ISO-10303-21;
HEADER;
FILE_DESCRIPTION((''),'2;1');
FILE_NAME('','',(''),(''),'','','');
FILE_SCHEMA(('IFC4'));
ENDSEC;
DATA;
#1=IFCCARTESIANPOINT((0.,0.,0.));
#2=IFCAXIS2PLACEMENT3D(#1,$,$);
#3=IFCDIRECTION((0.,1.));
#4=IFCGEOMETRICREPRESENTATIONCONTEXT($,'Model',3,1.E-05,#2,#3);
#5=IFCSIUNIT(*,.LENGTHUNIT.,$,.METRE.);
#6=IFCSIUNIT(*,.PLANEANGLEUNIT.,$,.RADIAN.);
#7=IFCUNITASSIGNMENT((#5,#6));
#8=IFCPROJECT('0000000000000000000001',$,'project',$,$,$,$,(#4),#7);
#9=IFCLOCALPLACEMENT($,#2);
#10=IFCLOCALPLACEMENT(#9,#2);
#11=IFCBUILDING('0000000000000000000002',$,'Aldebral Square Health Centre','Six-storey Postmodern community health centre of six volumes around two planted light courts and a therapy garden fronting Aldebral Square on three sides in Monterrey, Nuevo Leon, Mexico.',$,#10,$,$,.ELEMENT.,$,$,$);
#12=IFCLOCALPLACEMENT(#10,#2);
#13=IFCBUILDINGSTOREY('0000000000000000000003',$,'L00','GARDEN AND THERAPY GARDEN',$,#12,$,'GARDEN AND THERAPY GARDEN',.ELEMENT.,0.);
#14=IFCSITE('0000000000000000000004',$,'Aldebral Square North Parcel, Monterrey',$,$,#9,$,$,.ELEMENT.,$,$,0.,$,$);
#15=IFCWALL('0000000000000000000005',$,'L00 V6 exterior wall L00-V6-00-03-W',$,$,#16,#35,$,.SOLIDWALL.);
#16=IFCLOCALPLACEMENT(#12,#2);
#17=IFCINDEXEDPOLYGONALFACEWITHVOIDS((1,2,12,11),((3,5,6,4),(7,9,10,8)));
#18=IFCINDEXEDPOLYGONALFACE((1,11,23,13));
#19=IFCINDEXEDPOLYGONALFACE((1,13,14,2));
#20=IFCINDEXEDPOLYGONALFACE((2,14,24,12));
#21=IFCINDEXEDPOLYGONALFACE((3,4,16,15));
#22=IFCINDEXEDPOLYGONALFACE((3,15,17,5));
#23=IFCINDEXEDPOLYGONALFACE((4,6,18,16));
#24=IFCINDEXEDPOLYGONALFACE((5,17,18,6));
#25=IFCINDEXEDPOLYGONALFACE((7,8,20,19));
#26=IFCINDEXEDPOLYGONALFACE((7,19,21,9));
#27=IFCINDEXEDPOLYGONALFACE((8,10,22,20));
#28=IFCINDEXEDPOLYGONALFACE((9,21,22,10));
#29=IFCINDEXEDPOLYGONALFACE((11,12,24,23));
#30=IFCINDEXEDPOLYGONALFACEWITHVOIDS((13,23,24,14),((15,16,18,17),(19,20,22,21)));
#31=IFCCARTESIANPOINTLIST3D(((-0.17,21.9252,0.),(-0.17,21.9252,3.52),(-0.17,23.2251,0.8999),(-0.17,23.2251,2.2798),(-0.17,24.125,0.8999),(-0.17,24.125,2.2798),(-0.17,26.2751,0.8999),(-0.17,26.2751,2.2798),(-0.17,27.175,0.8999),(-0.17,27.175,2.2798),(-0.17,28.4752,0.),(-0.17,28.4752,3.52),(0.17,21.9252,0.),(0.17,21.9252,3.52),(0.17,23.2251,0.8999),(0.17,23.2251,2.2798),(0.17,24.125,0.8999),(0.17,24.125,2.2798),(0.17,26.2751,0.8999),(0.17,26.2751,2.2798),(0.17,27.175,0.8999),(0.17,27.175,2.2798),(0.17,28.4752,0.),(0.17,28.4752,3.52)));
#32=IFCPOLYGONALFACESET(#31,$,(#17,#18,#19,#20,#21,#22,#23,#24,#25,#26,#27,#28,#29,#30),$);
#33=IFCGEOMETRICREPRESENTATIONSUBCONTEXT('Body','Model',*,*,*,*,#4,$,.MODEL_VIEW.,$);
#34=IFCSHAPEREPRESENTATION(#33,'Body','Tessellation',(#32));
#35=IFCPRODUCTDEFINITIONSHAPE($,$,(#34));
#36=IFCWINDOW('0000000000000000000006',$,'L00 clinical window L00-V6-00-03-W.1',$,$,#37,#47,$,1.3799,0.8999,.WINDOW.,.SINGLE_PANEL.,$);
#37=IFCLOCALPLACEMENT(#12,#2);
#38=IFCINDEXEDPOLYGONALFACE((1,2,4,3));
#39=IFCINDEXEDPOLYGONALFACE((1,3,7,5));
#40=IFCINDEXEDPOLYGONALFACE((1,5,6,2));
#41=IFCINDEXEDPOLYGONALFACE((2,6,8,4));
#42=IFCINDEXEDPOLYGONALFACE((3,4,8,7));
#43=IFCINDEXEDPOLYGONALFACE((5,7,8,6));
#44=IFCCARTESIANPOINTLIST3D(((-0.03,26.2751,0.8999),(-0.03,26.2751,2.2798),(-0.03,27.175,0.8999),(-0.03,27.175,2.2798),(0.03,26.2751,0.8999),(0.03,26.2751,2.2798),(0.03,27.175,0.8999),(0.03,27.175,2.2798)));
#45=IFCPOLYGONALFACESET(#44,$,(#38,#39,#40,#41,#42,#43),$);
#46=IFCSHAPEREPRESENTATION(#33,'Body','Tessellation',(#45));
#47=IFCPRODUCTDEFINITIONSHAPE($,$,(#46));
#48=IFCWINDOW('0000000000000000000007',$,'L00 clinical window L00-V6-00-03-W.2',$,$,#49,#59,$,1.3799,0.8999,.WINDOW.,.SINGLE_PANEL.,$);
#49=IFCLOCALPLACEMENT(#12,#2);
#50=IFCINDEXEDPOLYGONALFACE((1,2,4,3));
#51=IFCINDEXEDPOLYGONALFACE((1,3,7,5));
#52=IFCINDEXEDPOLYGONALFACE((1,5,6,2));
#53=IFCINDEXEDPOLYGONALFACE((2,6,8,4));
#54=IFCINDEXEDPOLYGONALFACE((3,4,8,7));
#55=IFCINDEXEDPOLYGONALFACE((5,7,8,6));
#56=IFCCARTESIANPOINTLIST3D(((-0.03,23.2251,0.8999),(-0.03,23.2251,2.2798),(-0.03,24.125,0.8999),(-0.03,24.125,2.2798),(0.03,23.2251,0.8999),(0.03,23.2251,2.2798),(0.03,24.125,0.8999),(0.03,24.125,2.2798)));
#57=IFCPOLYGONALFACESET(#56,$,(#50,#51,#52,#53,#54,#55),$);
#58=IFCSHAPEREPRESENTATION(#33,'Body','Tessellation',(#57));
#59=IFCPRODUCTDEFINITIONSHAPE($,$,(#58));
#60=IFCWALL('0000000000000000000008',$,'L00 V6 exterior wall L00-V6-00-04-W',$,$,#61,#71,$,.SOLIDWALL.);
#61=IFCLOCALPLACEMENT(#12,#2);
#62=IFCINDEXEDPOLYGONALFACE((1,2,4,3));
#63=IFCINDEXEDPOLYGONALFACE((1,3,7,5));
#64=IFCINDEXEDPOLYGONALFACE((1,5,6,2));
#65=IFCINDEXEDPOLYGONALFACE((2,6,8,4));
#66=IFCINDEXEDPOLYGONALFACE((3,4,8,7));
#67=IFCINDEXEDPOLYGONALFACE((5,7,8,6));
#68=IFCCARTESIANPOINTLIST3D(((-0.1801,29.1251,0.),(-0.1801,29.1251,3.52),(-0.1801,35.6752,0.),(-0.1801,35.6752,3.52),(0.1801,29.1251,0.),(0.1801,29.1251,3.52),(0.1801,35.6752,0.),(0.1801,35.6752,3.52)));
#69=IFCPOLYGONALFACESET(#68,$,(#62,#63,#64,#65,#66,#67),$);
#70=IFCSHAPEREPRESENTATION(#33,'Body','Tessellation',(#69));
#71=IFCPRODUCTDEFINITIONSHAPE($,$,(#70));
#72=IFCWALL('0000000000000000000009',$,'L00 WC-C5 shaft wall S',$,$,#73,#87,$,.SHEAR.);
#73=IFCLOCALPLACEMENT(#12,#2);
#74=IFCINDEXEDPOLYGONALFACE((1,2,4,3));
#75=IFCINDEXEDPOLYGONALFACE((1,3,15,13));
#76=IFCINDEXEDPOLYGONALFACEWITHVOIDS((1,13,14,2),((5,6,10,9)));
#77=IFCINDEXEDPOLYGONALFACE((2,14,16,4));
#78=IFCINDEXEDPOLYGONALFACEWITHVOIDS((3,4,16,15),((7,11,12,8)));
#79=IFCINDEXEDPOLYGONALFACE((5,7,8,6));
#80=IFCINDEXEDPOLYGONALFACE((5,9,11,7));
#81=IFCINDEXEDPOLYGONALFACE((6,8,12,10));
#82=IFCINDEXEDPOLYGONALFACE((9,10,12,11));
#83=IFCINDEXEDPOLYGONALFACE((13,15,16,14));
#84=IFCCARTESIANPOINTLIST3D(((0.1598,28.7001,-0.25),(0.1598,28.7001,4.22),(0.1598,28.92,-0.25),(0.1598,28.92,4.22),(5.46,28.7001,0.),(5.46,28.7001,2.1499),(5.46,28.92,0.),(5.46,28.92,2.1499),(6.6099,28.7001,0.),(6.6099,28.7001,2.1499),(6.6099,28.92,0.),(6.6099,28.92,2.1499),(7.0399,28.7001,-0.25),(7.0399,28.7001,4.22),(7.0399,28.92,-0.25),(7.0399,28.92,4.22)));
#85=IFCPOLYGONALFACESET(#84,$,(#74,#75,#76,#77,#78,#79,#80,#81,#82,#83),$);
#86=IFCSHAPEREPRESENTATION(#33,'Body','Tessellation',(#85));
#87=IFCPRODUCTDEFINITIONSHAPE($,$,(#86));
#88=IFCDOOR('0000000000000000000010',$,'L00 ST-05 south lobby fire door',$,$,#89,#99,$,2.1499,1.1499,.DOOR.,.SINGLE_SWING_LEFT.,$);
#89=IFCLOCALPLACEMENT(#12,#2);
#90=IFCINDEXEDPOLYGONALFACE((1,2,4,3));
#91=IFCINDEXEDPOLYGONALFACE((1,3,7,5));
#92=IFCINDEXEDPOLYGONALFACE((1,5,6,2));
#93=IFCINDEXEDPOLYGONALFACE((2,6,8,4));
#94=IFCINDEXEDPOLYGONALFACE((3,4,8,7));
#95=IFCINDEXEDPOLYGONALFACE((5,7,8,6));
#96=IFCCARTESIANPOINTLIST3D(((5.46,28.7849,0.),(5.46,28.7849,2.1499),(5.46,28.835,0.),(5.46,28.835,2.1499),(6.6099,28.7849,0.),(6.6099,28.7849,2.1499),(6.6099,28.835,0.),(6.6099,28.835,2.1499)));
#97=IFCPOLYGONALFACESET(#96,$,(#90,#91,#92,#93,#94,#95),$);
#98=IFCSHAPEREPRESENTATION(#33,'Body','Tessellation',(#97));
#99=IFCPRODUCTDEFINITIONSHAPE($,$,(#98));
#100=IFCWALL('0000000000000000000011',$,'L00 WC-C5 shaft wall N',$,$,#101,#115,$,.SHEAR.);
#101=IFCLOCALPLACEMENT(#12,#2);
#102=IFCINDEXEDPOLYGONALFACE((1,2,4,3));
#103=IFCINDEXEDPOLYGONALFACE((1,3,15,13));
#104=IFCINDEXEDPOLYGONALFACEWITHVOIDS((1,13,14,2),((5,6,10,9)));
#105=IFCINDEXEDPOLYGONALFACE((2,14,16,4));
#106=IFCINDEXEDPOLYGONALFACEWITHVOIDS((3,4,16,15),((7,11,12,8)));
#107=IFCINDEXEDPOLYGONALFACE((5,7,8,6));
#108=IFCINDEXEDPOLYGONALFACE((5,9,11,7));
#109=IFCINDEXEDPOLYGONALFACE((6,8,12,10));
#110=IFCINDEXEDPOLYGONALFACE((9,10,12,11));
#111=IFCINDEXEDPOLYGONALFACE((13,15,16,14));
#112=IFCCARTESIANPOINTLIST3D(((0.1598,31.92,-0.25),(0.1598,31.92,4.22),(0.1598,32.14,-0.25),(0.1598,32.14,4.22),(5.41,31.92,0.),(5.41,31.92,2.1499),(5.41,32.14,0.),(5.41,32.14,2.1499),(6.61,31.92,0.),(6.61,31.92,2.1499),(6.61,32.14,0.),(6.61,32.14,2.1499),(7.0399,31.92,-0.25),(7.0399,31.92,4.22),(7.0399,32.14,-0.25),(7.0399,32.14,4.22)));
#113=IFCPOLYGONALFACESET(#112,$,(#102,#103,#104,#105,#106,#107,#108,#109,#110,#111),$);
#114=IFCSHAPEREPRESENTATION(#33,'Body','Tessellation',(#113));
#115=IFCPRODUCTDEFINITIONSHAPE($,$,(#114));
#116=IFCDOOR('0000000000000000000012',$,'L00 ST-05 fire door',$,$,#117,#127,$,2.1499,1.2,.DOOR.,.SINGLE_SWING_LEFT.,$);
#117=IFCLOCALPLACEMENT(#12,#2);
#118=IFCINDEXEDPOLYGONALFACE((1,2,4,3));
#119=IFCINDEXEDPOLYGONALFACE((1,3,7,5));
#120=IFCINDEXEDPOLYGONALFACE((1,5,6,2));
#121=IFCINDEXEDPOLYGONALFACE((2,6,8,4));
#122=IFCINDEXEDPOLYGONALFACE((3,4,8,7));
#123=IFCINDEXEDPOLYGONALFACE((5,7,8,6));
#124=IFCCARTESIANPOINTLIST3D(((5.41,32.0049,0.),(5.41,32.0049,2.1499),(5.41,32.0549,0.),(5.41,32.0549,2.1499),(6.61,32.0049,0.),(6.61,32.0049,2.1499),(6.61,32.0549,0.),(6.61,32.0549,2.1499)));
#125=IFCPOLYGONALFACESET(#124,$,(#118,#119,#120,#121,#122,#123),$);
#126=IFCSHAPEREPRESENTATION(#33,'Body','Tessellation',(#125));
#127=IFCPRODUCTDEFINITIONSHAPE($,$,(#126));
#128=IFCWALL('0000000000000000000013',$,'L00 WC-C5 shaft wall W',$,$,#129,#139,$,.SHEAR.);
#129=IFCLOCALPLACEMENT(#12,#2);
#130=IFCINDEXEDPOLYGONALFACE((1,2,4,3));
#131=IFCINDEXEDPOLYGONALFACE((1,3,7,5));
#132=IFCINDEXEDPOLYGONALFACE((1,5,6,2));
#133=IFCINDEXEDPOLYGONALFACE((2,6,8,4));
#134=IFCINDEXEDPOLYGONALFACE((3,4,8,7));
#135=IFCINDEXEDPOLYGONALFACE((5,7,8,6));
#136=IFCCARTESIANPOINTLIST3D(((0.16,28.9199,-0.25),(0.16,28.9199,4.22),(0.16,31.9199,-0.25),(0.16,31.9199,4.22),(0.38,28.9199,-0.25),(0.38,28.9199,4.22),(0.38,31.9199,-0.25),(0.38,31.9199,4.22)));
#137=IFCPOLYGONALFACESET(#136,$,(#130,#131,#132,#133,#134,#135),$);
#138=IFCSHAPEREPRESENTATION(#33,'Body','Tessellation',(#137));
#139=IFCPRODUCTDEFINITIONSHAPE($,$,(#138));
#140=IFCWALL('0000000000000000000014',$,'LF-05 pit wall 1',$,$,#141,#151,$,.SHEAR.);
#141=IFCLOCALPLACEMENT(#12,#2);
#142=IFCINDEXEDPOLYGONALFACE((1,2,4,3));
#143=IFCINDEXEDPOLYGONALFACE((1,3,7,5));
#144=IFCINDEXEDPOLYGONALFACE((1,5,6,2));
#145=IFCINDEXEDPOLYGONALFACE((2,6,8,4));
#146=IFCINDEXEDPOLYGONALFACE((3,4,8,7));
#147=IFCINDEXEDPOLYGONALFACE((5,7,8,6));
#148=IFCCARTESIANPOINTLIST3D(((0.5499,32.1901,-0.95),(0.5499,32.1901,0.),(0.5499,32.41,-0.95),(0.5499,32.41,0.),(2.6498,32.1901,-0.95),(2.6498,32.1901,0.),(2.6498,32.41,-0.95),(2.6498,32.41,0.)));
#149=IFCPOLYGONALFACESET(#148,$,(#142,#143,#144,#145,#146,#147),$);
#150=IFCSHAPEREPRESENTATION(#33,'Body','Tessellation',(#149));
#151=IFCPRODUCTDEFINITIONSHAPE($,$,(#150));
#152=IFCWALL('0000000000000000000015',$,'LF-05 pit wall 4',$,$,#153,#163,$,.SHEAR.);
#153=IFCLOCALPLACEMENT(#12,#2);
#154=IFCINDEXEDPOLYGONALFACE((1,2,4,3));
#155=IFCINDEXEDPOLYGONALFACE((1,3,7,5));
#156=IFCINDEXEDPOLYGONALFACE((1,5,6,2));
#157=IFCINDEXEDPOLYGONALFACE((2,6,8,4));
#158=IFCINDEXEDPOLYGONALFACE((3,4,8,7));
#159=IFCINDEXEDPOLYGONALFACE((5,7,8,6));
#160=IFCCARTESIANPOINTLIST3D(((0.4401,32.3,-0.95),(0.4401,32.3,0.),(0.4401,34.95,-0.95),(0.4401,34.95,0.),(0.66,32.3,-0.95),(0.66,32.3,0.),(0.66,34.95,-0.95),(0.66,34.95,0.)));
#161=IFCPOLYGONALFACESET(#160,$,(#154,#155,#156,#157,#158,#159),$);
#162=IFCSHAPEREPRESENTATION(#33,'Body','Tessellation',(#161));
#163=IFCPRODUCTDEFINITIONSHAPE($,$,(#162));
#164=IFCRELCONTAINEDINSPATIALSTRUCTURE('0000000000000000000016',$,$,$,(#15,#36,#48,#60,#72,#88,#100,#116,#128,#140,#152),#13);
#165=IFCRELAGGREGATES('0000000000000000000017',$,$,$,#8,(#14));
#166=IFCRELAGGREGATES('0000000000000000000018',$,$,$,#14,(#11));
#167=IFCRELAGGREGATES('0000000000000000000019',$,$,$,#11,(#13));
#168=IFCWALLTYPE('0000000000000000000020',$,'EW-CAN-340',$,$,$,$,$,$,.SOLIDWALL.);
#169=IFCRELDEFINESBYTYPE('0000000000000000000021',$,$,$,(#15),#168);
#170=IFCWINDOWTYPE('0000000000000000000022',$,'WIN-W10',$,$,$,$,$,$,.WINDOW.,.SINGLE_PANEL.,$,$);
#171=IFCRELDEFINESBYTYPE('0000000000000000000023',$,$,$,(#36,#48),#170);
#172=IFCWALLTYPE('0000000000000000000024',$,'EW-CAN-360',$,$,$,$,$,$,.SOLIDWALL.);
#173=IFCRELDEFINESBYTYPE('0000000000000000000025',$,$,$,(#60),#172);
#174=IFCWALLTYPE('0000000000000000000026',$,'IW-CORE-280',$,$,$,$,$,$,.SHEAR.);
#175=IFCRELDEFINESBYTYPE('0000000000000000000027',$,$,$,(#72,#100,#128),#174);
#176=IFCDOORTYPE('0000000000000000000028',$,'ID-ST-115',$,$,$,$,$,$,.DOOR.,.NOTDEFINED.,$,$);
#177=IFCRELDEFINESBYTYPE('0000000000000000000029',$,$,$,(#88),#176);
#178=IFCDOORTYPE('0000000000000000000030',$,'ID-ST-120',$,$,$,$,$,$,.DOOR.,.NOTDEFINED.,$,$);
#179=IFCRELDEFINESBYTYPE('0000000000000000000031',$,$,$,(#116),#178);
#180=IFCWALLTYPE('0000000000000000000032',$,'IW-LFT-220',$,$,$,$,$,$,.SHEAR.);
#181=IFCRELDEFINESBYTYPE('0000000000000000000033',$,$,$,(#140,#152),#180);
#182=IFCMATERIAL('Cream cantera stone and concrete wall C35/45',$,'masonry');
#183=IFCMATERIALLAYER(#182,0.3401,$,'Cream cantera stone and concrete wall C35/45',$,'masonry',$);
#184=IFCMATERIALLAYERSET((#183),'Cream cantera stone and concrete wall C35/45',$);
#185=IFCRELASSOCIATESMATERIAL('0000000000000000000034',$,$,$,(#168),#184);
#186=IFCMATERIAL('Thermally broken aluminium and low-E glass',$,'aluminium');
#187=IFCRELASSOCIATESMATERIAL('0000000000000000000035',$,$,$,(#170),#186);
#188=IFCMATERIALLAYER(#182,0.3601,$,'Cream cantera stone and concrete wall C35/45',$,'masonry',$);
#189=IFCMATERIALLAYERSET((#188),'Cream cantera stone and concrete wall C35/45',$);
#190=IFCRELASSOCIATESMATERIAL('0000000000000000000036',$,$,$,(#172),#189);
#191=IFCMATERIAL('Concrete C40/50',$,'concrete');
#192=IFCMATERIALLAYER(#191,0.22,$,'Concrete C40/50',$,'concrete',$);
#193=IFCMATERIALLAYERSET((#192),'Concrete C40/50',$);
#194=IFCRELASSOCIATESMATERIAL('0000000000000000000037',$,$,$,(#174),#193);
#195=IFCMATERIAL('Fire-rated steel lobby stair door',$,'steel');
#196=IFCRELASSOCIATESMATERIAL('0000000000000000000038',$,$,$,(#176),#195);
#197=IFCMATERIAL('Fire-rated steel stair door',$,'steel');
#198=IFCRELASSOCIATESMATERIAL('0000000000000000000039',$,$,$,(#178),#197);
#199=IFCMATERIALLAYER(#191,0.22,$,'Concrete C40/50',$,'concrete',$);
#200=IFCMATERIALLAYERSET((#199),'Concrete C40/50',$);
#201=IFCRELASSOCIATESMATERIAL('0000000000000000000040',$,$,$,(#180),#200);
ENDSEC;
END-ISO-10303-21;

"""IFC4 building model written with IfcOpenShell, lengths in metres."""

from ifc_helpers import new_model, si_unit, direction, frame, frame_2d, origin, place, context, subcontext, project, spatial, rectangle, extrude, material, layer, layer_set, type_object, element, fill, save


model = new_model("IFC4")

# Units and contexts
model_context = context("Model", 3, precision=1e-05, world=origin(), true_north=direction((0.0, 1.0)))
body_context = subcontext(model_context, "Body", "Model", "MODEL_VIEW")
ifc_project = project(units=[si_unit("LENGTHUNIT", "METRE"), si_unit("PLANEANGLEUNIT", "RADIAN")], contexts=[model_context])

# Site, building, storey
site_placement = place(None, origin())
site = spatial("IfcSite", under=ifc_project, at=site_placement, Name="Aldebral Square North Parcel, Monterrey", CompositionType="ELEMENT", RefElevation=0.0)
building_placement = place(site_placement, origin())
building = spatial("IfcBuilding", under=site, at=building_placement, Name="Aldebral Square Health Centre", Description="Six-storey Postmodern community health centre of six volumes around two planted light courts and a therapy garden fronting Aldebral Square on three sides in Monterrey, Nuevo Leon, Mexico.", CompositionType="ELEMENT")
storey_placement = place(building_placement, origin())
storey = spatial("IfcBuildingStorey", under=building, at=storey_placement, Name="L00", Description="GARDEN AND THERAPY GARDEN", LongName="GARDEN AND THERAPY GARDEN", CompositionType="ELEMENT", Elevation=0.0)

# Shared definitions
ifc_material_1 = material(Name="Concrete C40/50", Category="concrete")

# Wall, openings, windows
ifc_material_2 = material(Name="Cream cantera stone and concrete wall C35/45", Category="masonry")
ifc_layer_1 = layer(ifc_material_2, 0.3401, Name="Cream cantera stone and concrete wall C35/45", Category="masonry")
ifc_layer_set_1 = layer_set([ifc_layer_1], Name="Cream cantera stone and concrete wall C35/45")
wall_type_1 = type_object("IfcWallType", Name="EW-CAN-340", PredefinedType="SOLIDWALL", material=ifc_layer_set_1)
wall_1_placement = place(storey_placement, frame((0.0, 28.4751, 0.0), z_axis=(0.0, 0.0, 1.0), x_axis=(0.0, -1.0, 0.0)))
wall_1 = element("IfcWall", 1, at=wall_1_placement, inside=storey, type_object=wall_type_1, Name="L00 V6 exterior wall L00-V6-00-03-W", PredefinedType="SOLIDWALL", context=body_context, shape_type="SweptSolid", body=[
    extrude(rectangle(XDim=6.55, YDim=0.3401, at=frame_2d((3.2749, 0.0))), origin(), (0.0, 0.0, 1.0), 3.52),
])
opening_1_placement = place(wall_1_placement, frame((1.3, 0.0, 0.8999)))
opening_1 = element("IfcOpeningElement", 2, at=opening_1_placement, cuts=wall_1, PredefinedType="OPENING", context=body_context, shape_type="SweptSolid", body=[
    extrude(rectangle(XDim=0.8999, YDim=1.3799, at=frame_2d((0.45, 0.6899))), frame((0.0, 0.1802, 0.0), z_axis=(0.0, -1.0, 0.0), x_axis=(1.0, 0.0, 0.0)), (0.0, 0.0, 1.0), 0.3601),
])
opening_2_placement = place(wall_1_placement, frame((4.3501, 0.0, 0.8999)))
opening_2 = element("IfcOpeningElement", 3, at=opening_2_placement, cuts=wall_1, PredefinedType="OPENING", context=body_context, shape_type="SweptSolid", body=[
    extrude(rectangle(XDim=0.8999, YDim=1.3799, at=frame_2d((0.45, 0.6899))), frame((0.0, 0.1802, 0.0), z_axis=(0.0, -1.0, 0.0), x_axis=(1.0, 0.0, 0.0)), (0.0, 0.0, 1.0), 0.3601),
])
ifc_material_3 = material(Name="Thermally broken aluminium and low-E glass", Category="aluminium")
window_type = type_object("IfcWindowType", Name="WIN-W10", PartitioningType="SINGLE_PANEL", PredefinedType="WINDOW", material=ifc_material_3)
window_1_placement = place(opening_1_placement, origin())
window_1 = element("IfcWindow", 4, at=window_1_placement, inside=storey, type_object=window_type, Name="L00 clinical window L00-V6-00-03-W.1", OverallHeight=1.3799, OverallWidth=0.8999, PartitioningType="SINGLE_PANEL", PredefinedType="WINDOW", context=body_context, shape_type="SweptSolid", body=[
    extrude(rectangle(XDim=0.8999, YDim=1.3799, at=frame_2d((0.45, 0.6899))), frame((0.0, 0.03, 0.0), z_axis=(0.0, -1.0, 0.0), x_axis=(1.0, 0.0, 0.0)), (0.0, 0.0, 1.0), 0.0601),
])
fill(opening_1, window_1)
window_2_placement = place(opening_2_placement, origin())
window_2 = element("IfcWindow", 5, at=window_2_placement, inside=storey, type_object=window_type, Name="L00 clinical window L00-V6-00-03-W.2", OverallHeight=1.3799, OverallWidth=0.8999, PartitioningType="SINGLE_PANEL", PredefinedType="WINDOW", context=body_context, shape_type="SweptSolid", body=[
    extrude(rectangle(XDim=0.8999, YDim=1.3799, at=frame_2d((0.45, 0.6899))), frame((0.0, 0.03, 0.0), z_axis=(0.0, -1.0, 0.0), x_axis=(1.0, 0.0, 0.0)), (0.0, 0.0, 1.0), 0.0601),
])
fill(opening_2, window_2)

# Wall
ifc_layer_2 = layer(ifc_material_2, 0.3601, Name="Cream cantera stone and concrete wall C35/45", Category="masonry")
ifc_layer_set_2 = layer_set([ifc_layer_2], Name="Cream cantera stone and concrete wall C35/45")
wall_type_2 = type_object("IfcWallType", Name="EW-CAN-360", PredefinedType="SOLIDWALL", material=ifc_layer_set_2)
wall_2_placement = place(storey_placement, frame((0.0, 35.675, 0.0), z_axis=(0.0, 0.0, 1.0), x_axis=(0.0, -1.0, 0.0)))
element("IfcWall", 6, at=wall_2_placement, inside=storey, type_object=wall_type_2, Name="L00 V6 exterior wall L00-V6-00-04-W", PredefinedType="SOLIDWALL", context=body_context, shape_type="SweptSolid", body=[
    extrude(rectangle(XDim=6.55, YDim=0.3601, at=frame_2d((3.2749, 0.0))), origin(), (0.0, 0.0, 1.0), 3.52),
])

# Walls, openings, doors
ifc_layer_3 = layer(ifc_material_1, 0.22, Name="Concrete C40/50", Category="concrete")
ifc_layer_set_3 = layer_set([ifc_layer_3], Name="Concrete C40/50")
wall_type_3 = type_object("IfcWallType", Name="IW-CORE-280", PredefinedType="SHEAR", material=ifc_layer_set_3)
wall_3_placement = place(storey_placement, frame((0.1599, 28.8101, -0.25), z_axis=(0.0, 0.0, 1.0), x_axis=(1.0, 0.0, 0.0)))
wall_3 = element("IfcWall", 7, at=wall_3_placement, inside=storey, type_object=wall_type_3, Name="L00 WC-C5 shaft wall S", PredefinedType="SHEAR", context=body_context, shape_type="SweptSolid", body=[
    extrude(rectangle(XDim=6.8801, YDim=0.22, at=frame_2d((3.4399, 0.0))), origin(), (0.0, 0.0, 1.0), 4.47),
])
opening_3_placement = place(wall_3_placement, frame((5.3, 0.0, 0.25)))
opening_3 = element("IfcOpeningElement", 8, at=opening_3_placement, cuts=wall_3, PredefinedType="OPENING", context=body_context, shape_type="SweptSolid", body=[
    extrude(rectangle(XDim=1.1499, YDim=2.1499, at=frame_2d((0.575, 1.075))), frame((0.0, 0.1201, 0.0), z_axis=(0.0, -1.0, 0.0), x_axis=(1.0, 0.0, 0.0)), (0.0, 0.0, 1.0), 0.24),
])
ifc_material_4 = material(Name="Fire-rated steel lobby stair door", Category="steel")
door_type_1 = type_object("IfcDoorType", Name="ID-ST-115", OperationType="NOTDEFINED", PredefinedType="DOOR", material=ifc_material_4)
door_1_placement = place(opening_3_placement, origin())
door_1 = element("IfcDoor", 9, at=door_1_placement, inside=storey, type_object=door_type_1, Name="L00 ST-05 south lobby fire door", OperationType="SINGLE_SWING_LEFT", OverallHeight=2.1499, OverallWidth=1.1499, PredefinedType="DOOR", context=body_context, shape_type="SweptSolid", body=[
    extrude(rectangle(XDim=1.1499, YDim=2.1499, at=frame_2d((0.575, 1.075))), frame((0.0, 0.0249, 0.0), z_axis=(0.0, -1.0, 0.0), x_axis=(1.0, 0.0, 0.0)), (0.0, 0.0, 1.0), 0.05),
])
fill(opening_3, door_1)
wall_4_placement = place(storey_placement, frame((0.1599, 32.03, -0.25), z_axis=(0.0, 0.0, 1.0), x_axis=(1.0, 0.0, 0.0)))
wall_4 = element("IfcWall", 10, at=wall_4_placement, inside=storey, type_object=wall_type_3, Name="L00 WC-C5 shaft wall N", PredefinedType="SHEAR", context=body_context, shape_type="SweptSolid", body=[
    extrude(rectangle(XDim=6.8801, YDim=0.22, at=frame_2d((3.4399, 0.0))), origin(), (0.0, 0.0, 1.0), 4.47),
])
opening_4_placement = place(wall_4_placement, frame((5.25, 0.0, 0.25)))
opening_4 = element("IfcOpeningElement", 11, at=opening_4_placement, cuts=wall_4, PredefinedType="OPENING", context=body_context, shape_type="SweptSolid", body=[
    extrude(rectangle(XDim=1.2, YDim=2.1499, at=frame_2d((0.6001, 1.075))), frame((0.0, 0.1201, 0.0), z_axis=(0.0, -1.0, 0.0), x_axis=(1.0, 0.0, 0.0)), (0.0, 0.0, 1.0), 0.24),
])
ifc_material_5 = material(Name="Fire-rated steel stair door", Category="steel")
door_type_2 = type_object("IfcDoorType", Name="ID-ST-120", OperationType="NOTDEFINED", PredefinedType="DOOR", material=ifc_material_5)
door_2_placement = place(opening_4_placement, origin())
door_2 = element("IfcDoor", 12, at=door_2_placement, inside=storey, type_object=door_type_2, Name="L00 ST-05 fire door", OperationType="SINGLE_SWING_LEFT", OverallHeight=2.1499, OverallWidth=1.2, PredefinedType="DOOR", context=body_context, shape_type="SweptSolid", body=[
    extrude(rectangle(XDim=1.2, YDim=2.1499, at=frame_2d((0.6001, 1.075))), frame((0.0, 0.0249, 0.0), z_axis=(0.0, -1.0, 0.0), x_axis=(1.0, 0.0, 0.0)), (0.0, 0.0, 1.0), 0.05),
])
fill(opening_4, door_2)

# Walls
wall_5_placement = place(storey_placement, frame((0.27, 28.9199, -0.25), z_axis=(0.0, 0.0, 1.0), x_axis=(0.0, 1.0, 0.0)))
element("IfcWall", 13, at=wall_5_placement, inside=storey, type_object=wall_type_3, Name="L00 WC-C5 shaft wall W", PredefinedType="SHEAR", context=body_context, shape_type="SweptSolid", body=[
    extrude(rectangle(XDim=3.0, YDim=0.22, at=frame_2d((1.5, 0.0))), origin(), (0.0, 0.0, 1.0), 4.47),
])
ifc_layer_4 = layer(ifc_material_1, 0.22, Name="Concrete C40/50", Category="concrete")
ifc_layer_set_4 = layer_set([ifc_layer_4], Name="Concrete C40/50")
wall_type_4 = type_object("IfcWallType", Name="IW-LFT-220", PredefinedType="SHEAR", material=ifc_layer_set_4)
wall_6_placement = place(storey_placement, frame((0.55, 32.3, -0.95), z_axis=(0.0, 0.0, 1.0), x_axis=(1.0, 0.0, 0.0)))
element("IfcWall", 14, at=wall_6_placement, inside=storey, type_object=wall_type_4, Name="LF-05 pit wall 1", PredefinedType="SHEAR", context=body_context, shape_type="SweptSolid", body=[
    extrude(rectangle(XDim=2.0999, YDim=0.22, at=frame_2d((1.0498, 0.0))), origin(), (0.0, 0.0, 1.0), 0.95),
])
wall_7_placement = place(storey_placement, frame((0.55, 34.95, -0.95), z_axis=(0.0, 0.0, 1.0), x_axis=(0.0, -1.0, 0.0)))
element("IfcWall", 15, at=wall_7_placement, inside=storey, type_object=wall_type_4, Name="LF-05 pit wall 4", PredefinedType="SHEAR", context=body_context, shape_type="SweptSolid", body=[
    extrude(rectangle(XDim=2.6499, YDim=0.22, at=frame_2d((1.325, 0.0))), origin(), (0.0, 0.0, 1.0), 0.95),
])

save(model, "model.ifc")
